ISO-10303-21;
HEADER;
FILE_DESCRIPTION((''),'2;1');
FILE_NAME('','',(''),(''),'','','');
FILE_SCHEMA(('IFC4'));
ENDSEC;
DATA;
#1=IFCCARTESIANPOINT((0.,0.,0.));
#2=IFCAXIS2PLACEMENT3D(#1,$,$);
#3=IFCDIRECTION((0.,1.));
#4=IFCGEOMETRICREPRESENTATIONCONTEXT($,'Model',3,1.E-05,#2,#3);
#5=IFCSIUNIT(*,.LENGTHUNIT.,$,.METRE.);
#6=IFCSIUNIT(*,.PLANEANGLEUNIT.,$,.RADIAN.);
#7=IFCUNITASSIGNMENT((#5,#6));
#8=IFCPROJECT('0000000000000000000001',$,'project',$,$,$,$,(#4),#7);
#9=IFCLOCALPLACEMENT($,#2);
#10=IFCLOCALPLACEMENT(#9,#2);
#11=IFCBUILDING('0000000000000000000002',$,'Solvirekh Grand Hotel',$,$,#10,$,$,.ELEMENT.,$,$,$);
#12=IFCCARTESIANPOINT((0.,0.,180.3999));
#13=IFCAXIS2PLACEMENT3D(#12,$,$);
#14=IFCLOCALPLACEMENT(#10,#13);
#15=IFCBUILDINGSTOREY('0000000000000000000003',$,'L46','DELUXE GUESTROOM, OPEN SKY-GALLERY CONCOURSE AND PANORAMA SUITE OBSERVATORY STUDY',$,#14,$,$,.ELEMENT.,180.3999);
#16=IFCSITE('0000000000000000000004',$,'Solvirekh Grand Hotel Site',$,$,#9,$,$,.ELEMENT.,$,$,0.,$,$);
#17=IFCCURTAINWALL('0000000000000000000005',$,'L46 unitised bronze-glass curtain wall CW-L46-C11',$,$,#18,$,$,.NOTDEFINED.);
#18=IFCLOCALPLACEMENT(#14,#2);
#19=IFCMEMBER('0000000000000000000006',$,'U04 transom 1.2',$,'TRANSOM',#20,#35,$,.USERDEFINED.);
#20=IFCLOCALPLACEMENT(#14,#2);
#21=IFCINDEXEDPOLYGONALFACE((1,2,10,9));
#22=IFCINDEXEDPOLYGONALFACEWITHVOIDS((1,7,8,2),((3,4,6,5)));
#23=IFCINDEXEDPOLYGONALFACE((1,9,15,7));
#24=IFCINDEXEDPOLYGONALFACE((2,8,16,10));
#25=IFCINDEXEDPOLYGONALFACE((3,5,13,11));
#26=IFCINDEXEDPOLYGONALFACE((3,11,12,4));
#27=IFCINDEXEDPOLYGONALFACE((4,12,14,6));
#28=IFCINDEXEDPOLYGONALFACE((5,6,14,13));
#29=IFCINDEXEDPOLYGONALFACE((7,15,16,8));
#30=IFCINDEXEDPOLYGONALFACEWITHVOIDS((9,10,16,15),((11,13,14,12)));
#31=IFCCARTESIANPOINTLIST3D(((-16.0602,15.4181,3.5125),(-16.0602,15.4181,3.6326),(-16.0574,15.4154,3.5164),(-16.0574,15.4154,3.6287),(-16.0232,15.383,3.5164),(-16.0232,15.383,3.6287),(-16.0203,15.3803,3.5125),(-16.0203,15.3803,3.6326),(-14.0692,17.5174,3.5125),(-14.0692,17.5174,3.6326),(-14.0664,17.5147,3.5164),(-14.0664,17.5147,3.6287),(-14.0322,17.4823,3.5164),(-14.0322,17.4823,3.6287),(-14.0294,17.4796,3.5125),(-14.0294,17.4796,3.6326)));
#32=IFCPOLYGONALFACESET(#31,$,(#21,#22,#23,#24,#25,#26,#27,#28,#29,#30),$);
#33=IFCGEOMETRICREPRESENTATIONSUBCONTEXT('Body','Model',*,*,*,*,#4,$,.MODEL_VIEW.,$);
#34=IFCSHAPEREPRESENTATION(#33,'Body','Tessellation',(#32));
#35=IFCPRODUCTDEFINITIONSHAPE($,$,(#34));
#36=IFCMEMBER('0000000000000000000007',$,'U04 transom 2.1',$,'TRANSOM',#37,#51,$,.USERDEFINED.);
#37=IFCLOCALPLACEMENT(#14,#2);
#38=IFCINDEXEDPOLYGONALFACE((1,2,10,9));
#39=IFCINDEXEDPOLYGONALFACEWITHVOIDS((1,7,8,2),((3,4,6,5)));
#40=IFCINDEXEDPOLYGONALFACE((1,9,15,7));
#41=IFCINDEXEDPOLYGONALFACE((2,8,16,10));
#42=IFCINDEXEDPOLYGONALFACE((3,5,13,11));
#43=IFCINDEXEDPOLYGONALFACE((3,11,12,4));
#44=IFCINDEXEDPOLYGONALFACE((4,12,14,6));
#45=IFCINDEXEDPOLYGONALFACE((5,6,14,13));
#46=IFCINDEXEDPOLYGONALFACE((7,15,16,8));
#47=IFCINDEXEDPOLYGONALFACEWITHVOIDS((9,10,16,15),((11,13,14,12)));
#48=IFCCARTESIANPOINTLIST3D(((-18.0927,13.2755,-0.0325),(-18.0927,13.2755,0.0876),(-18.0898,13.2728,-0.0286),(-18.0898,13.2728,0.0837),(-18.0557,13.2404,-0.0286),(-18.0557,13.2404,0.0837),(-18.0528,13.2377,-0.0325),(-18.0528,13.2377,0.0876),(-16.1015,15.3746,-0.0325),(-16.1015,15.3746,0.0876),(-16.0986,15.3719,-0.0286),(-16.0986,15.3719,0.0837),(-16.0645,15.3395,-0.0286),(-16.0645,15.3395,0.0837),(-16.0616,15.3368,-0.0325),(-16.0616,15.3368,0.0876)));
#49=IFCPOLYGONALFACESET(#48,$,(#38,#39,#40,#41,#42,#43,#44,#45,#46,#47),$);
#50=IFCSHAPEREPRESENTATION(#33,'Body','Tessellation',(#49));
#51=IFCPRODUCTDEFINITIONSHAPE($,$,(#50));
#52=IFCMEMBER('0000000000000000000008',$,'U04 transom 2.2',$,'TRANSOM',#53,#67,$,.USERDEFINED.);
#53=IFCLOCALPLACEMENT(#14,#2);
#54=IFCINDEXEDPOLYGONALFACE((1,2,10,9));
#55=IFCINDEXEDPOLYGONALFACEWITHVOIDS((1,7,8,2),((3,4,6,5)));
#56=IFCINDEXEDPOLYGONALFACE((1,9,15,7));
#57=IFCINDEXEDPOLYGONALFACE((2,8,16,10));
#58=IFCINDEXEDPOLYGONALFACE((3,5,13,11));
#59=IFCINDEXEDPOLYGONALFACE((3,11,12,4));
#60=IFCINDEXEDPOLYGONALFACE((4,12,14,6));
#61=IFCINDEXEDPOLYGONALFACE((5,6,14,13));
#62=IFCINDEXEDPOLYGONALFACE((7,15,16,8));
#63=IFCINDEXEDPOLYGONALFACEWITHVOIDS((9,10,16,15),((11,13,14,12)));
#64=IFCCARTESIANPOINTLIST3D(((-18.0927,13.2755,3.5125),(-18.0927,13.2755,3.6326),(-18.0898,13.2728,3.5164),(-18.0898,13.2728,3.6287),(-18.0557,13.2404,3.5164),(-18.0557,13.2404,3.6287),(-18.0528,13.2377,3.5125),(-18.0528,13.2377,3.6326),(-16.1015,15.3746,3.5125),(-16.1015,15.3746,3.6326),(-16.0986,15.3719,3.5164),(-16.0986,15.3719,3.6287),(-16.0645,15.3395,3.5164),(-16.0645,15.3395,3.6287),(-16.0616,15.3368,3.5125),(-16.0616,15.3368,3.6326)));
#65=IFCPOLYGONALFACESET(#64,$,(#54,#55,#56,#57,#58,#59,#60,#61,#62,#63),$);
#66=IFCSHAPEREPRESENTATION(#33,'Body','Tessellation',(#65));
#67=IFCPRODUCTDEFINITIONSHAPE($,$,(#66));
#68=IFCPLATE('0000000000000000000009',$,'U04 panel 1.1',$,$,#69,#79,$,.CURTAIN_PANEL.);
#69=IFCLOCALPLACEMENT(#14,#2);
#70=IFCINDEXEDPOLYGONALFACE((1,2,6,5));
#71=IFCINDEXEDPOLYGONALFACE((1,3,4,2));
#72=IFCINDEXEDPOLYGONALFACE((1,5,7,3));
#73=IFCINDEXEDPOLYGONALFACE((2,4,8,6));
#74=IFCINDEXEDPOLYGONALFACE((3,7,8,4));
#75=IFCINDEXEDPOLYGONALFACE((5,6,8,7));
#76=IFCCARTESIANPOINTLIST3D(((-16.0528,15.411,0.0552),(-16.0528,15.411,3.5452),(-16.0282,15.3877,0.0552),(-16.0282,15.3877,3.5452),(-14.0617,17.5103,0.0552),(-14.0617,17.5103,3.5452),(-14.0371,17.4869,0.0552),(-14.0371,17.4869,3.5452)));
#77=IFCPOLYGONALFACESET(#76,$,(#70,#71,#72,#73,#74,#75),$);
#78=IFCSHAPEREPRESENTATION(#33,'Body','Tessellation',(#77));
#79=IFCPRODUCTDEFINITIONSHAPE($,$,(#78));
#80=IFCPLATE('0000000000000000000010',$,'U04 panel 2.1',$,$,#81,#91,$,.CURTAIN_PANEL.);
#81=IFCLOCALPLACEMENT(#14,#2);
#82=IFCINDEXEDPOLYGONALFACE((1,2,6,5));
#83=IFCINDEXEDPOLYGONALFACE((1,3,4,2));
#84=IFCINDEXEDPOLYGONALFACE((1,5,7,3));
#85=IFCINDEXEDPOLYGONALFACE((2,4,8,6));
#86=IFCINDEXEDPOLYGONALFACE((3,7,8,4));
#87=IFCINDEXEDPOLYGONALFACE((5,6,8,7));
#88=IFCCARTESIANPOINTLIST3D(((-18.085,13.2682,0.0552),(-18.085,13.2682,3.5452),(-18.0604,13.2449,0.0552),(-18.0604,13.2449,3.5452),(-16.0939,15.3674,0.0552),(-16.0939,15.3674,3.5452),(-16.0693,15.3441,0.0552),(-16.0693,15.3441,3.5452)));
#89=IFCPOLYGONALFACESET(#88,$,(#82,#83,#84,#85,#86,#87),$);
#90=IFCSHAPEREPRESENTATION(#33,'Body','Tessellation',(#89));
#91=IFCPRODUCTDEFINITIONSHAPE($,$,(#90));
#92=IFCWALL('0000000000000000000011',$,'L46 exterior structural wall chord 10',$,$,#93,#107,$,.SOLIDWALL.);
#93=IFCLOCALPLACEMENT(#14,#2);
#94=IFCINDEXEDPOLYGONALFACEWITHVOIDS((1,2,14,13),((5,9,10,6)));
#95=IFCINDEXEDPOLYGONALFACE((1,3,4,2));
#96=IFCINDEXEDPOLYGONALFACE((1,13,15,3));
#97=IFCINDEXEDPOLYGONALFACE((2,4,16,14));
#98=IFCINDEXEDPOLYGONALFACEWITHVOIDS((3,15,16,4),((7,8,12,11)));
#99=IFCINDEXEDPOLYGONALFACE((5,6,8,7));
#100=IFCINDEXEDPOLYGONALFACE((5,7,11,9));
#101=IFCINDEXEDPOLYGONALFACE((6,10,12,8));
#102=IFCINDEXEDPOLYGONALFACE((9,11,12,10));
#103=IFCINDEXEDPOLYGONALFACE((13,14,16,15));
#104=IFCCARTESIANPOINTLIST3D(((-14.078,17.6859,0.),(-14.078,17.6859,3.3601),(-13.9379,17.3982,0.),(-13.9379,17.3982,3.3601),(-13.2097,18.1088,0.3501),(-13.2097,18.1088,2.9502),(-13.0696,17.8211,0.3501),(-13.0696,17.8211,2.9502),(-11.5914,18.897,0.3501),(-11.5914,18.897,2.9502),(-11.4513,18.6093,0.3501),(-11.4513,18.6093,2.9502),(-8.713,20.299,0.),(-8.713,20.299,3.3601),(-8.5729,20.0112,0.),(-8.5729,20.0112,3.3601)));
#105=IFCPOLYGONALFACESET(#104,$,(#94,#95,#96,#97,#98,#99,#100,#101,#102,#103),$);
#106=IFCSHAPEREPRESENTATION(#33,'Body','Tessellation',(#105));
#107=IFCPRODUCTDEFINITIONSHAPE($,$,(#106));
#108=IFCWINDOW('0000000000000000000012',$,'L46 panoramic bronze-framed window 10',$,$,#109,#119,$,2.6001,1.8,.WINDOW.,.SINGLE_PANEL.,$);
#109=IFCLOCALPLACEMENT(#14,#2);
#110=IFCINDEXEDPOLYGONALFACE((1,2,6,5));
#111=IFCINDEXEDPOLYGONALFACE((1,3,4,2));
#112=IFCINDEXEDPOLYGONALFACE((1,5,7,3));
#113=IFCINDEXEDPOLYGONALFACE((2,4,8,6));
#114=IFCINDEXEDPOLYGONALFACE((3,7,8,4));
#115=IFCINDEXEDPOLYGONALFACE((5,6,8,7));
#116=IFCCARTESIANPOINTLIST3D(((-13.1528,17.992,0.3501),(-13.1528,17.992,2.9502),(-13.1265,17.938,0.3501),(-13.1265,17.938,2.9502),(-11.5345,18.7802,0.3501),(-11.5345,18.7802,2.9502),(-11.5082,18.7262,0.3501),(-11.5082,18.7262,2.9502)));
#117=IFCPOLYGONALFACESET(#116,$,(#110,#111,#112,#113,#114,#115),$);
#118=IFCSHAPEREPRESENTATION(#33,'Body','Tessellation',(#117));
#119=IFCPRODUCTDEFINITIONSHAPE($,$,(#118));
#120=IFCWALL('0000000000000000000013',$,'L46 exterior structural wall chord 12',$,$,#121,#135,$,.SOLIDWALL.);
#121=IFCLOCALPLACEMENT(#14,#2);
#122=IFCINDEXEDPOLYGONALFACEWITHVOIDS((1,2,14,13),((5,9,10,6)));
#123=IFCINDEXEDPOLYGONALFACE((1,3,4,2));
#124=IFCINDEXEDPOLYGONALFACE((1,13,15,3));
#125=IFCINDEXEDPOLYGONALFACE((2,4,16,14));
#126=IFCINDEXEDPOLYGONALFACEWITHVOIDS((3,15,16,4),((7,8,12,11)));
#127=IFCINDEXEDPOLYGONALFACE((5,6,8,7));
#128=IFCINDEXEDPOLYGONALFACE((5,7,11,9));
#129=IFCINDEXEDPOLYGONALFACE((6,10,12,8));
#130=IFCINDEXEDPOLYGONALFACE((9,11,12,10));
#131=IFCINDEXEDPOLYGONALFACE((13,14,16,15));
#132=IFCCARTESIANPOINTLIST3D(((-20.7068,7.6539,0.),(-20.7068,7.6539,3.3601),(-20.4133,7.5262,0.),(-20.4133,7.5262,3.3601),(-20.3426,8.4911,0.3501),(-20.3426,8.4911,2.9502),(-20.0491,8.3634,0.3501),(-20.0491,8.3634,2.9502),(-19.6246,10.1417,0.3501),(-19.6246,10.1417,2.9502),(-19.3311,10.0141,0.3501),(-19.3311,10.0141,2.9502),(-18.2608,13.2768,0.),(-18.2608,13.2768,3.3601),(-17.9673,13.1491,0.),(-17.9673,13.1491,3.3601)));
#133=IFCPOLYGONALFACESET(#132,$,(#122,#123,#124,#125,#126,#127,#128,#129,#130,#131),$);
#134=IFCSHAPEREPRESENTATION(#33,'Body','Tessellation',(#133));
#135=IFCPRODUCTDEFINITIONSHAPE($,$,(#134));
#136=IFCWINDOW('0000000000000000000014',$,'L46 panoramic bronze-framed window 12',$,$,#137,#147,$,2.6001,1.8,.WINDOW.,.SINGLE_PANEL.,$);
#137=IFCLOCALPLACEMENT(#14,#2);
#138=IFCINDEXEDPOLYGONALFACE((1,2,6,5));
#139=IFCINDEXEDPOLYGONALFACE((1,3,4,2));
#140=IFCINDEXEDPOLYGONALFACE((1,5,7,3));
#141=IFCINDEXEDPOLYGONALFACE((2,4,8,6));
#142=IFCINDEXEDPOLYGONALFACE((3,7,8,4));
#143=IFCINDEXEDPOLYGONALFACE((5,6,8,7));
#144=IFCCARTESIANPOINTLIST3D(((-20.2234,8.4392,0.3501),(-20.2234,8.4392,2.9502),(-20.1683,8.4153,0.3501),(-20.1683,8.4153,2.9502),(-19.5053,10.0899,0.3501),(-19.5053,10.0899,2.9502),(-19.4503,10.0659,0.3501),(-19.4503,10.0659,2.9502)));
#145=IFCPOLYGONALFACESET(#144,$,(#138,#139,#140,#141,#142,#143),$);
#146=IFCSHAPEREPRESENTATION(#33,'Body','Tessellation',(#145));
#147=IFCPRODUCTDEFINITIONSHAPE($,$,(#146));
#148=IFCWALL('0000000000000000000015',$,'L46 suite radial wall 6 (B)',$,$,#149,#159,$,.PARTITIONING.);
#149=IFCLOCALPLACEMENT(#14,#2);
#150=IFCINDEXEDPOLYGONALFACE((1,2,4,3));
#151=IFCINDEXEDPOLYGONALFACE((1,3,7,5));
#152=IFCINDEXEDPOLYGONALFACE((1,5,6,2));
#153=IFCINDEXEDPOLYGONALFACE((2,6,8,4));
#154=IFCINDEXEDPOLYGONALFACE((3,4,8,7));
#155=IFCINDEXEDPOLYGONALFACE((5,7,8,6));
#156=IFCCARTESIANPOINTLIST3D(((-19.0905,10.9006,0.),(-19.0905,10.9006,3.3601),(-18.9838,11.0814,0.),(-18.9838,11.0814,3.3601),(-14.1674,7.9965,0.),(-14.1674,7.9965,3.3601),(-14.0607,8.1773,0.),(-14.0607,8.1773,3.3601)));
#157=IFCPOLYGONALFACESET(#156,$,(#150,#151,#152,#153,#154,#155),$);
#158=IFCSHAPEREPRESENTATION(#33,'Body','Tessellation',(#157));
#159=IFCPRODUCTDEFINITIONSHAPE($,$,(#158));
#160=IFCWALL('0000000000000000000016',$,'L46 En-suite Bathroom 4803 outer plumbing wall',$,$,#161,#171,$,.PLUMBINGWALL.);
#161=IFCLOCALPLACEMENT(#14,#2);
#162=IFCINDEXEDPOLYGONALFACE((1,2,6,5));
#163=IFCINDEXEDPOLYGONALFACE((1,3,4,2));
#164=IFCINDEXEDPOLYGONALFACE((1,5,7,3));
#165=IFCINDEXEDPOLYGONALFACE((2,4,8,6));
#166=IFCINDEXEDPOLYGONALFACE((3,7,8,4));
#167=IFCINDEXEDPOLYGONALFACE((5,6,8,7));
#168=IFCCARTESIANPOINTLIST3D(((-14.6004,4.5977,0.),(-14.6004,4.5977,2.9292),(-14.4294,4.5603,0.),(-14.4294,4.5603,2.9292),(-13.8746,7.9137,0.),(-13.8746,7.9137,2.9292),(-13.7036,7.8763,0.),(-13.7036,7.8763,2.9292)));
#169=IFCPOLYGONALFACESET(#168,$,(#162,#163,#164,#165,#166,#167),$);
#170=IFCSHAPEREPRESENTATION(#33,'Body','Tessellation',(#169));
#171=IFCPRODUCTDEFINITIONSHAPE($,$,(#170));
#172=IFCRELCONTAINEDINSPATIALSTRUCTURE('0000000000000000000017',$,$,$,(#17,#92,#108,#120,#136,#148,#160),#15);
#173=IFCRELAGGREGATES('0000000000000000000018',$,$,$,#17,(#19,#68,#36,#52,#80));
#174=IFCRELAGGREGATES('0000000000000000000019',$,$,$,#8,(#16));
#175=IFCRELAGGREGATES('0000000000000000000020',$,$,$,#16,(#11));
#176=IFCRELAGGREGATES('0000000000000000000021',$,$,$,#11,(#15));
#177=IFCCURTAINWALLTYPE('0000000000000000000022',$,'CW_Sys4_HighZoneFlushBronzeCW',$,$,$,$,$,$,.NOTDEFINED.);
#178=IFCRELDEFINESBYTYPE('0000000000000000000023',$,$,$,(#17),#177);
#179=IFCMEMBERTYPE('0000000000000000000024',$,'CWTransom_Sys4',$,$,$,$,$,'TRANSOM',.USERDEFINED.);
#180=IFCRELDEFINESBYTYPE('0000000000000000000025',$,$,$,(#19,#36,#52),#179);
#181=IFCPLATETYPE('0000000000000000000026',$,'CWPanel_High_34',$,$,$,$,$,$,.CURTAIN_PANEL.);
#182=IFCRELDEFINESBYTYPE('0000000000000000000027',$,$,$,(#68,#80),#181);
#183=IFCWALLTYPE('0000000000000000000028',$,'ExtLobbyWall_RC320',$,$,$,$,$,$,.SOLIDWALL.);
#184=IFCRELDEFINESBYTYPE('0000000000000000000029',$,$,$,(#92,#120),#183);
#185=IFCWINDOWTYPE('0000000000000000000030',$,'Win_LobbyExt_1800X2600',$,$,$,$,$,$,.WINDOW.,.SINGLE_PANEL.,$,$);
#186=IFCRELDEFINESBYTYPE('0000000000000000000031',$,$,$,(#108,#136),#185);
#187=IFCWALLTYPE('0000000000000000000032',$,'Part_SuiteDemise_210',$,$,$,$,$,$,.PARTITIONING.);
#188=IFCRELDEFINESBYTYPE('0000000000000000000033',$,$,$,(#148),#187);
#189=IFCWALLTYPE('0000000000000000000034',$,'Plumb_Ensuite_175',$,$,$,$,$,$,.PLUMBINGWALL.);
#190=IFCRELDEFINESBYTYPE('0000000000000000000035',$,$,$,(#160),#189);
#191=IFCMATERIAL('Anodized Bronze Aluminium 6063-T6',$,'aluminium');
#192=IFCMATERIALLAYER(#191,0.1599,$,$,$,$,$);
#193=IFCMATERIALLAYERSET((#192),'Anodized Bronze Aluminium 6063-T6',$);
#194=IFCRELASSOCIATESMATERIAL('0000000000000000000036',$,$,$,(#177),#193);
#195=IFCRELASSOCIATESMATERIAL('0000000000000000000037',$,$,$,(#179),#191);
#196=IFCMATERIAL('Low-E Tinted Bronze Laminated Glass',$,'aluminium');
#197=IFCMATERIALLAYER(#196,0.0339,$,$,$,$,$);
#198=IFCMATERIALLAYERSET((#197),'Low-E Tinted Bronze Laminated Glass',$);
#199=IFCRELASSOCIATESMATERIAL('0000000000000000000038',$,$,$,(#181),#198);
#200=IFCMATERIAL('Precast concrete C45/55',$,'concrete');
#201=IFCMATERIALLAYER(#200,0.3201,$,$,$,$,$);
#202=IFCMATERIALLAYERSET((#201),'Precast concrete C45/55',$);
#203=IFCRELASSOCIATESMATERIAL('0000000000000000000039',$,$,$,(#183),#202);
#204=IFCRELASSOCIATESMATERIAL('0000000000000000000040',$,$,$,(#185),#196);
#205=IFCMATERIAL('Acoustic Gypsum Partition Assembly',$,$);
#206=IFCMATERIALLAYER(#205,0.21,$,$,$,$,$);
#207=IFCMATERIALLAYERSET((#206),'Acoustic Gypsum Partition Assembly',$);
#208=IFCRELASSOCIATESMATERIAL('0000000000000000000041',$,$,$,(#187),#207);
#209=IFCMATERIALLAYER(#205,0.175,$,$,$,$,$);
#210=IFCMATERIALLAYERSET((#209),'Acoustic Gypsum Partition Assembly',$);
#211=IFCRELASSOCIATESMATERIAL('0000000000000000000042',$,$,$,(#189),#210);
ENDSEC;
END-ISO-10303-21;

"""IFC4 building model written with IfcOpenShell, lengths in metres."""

from ifc_helpers import new_model, si_unit, direction, frame, frame_2d, origin, origin_2d, place, context, subcontext, project, spatial, rectangle, hollow_rectangle, extrude, source, transform, mapped, material, layer, layer_set, material_profile, profile_set, type_object, element, fill, aggregate, save


model = new_model("IFC4")

# Units and contexts
model_context = context("Model", 3, precision=1e-05, world=origin(), true_north=direction((0.0, 1.0)))
body_context = subcontext(model_context, "Body", "Model", "MODEL_VIEW")
ifc_project = project(units=[si_unit("LENGTHUNIT", "METRE"), si_unit("PLANEANGLEUNIT", "RADIAN")], contexts=[model_context])

# Site, building, storey
site_placement = place(None, origin())
site = spatial("IfcSite", under=ifc_project, at=site_placement, Name="Solvirekh Grand Hotel Site", CompositionType="ELEMENT", RefElevation=0.0)
building_placement = place(site_placement, origin())
building = spatial("IfcBuilding", under=site, at=building_placement, Name="Solvirekh Grand Hotel", CompositionType="ELEMENT")
storey_placement = place(building_placement, frame((0.0, 0.0, 180.3999)))
storey = spatial("IfcBuildingStorey", under=building, at=storey_placement, Name="L46", Description="DELUXE GUESTROOM, OPEN SKY-GALLERY CONCOURSE AND PANORAMA SUITE OBSERVATORY STUDY", CompositionType="ELEMENT", Elevation=180.3999)

# Curtain wall
ifc_material_1 = material(Name="Anodized Bronze Aluminium 6063-T6", Category="aluminium")
ifc_layer_1 = layer(ifc_material_1, 0.1599)
ifc_layer_set_1 = layer_set([ifc_layer_1], Name="Anodized Bronze Aluminium 6063-T6")
curtain_wall_type = type_object("IfcCurtainWallType", Name="CW_Sys4_HighZoneFlushBronzeCW", PredefinedType="NOTDEFINED", material=ifc_layer_set_1)
curtain_wall_1_placement = place(storey_placement, origin())
curtain_wall_1 = element("IfcCurtainWall", 1, at=curtain_wall_1_placement, inside=storey, type_object=curtain_wall_type, Name="L46 unitised bronze-glass curtain wall CW-L46-C11", PredefinedType="NOTDEFINED")

# Members
ifc_material_profile_1 = material_profile(ifc_material_1, hollow_rectangle(XDim=0.0549, YDim=0.1201, WallThickness=0.0039, at=origin_2d()), Name="ALU RHS 120X55X4")
ifc_profile_set_1 = profile_set([ifc_material_profile_1], Name="Anodized Bronze Aluminium 6063-T6")
member_type_1 = type_object("IfcMemberType", Name="CWTransom_Sys4", ElementType="TRANSOM", PredefinedType="USERDEFINED", material=ifc_profile_set_1)
shared_shape_1 = source(origin(), body_context, "Body", "SweptSolid", [
    extrude(hollow_rectangle(XDim=0.0549, YDim=0.1201, WallThickness=0.0039, at=origin_2d()), origin(), (0.0, 0.0, 1.0), 2.8933),
])
member_1_placement = place(storey_placement, frame((-14.0493, 17.4985, 3.5725), z_axis=(-0.688126, -0.725591, 0.0), x_axis=(0.725591, -0.688126, 0.0)))
member_1 = element("IfcMember", 2, at=member_1_placement, type_object=member_type_1, Name="U04 transom 1.2", ObjectType="TRANSOM", PredefinedType="USERDEFINED", context=body_context, shape_type="MappedRepresentation", body=[
    mapped(shared_shape_1, transform((0.0, 0.0, 0.0), x_axis=(1.0, 0.0, 0.0), y_axis=(0.0, 1.0, 0.0), z_axis=(0.0, 0.0, 1.0), scale=1.0)),
])
member_2_placement = place(storey_placement, frame((-16.0815, 15.3557, 0.0276), z_axis=(-0.688213, -0.725509, 0.0), x_axis=(0.725509, -0.688213, 0.0)))
member_2 = element("IfcMember", 3, at=member_2_placement, type_object=member_type_1, Name="U04 transom 2.1", ObjectType="TRANSOM", PredefinedType="USERDEFINED", context=body_context, shape_type="MappedRepresentation", body=[
    mapped(shared_shape_1, transform((0.0, 0.0, 0.0), x_axis=(1.0, 0.0, 0.0), y_axis=(0.0, 1.0, 0.0), z_axis=(0.0, 0.0, 1.0), scale=1.0)),
])
member_3_placement = place(storey_placement, frame((-16.0815, 15.3557, 3.5725), z_axis=(-0.688213, -0.725509, 0.0), x_axis=(0.725509, -0.688213, 0.0)))
member_3 = element("IfcMember", 4, at=member_3_placement, type_object=member_type_1, Name="U04 transom 2.2", ObjectType="TRANSOM", PredefinedType="USERDEFINED", context=body_context, shape_type="MappedRepresentation", body=[
    mapped(shared_shape_1, transform((0.0, 0.0, 0.0), x_axis=(1.0, 0.0, 0.0), y_axis=(0.0, 1.0, 0.0), z_axis=(0.0, 0.0, 1.0), scale=1.0)),
])

# Plates
ifc_material_2 = material(Name="Low-E Tinted Bronze Laminated Glass", Category="aluminium")
ifc_layer_2 = layer(ifc_material_2, 0.0339)
ifc_layer_set_2 = layer_set([ifc_layer_2], Name="Low-E Tinted Bronze Laminated Glass")
plate_type = type_object("IfcPlateType", Name="CWPanel_High_34", PredefinedType="CURTAIN_PANEL", material=ifc_layer_set_2)
shared_shape_2 = source(origin(), body_context, "Body", "SweptSolid", [
    extrude(rectangle(XDim=2.8933, YDim=0.0339, at=origin_2d()), origin(), (0.0, 0.0, 1.0), 3.49),
])
plate_1_placement = place(storey_placement, frame((-15.0449, 16.449, 0.0552), z_axis=(0.0, 0.0, 1.0), x_axis=(-0.688172, -0.725547, 0.0)))
plate_1 = element("IfcPlate", 5, at=plate_1_placement, type_object=plate_type, Name="U04 panel 1.1", PredefinedType="CURTAIN_PANEL", context=body_context, shape_type="MappedRepresentation", body=[
    mapped(shared_shape_2, transform((0.0, 0.0, 0.0), x_axis=(1.0, 0.0, 0.0), y_axis=(0.0, 1.0, 0.0), z_axis=(0.0, 0.0, 1.0), scale=1.0)),
])
plate_2_placement = place(storey_placement, frame((-17.0771, 14.3062, 0.0552), z_axis=(0.0, 0.0, 1.0), x_axis=(-0.688172, -0.725547, 0.0)))
plate_2 = element("IfcPlate", 6, at=plate_2_placement, type_object=plate_type, Name="U04 panel 2.1", PredefinedType="CURTAIN_PANEL", context=body_context, shape_type="MappedRepresentation", body=[
    mapped(shared_shape_2, transform((0.0, 0.0, 0.0), x_axis=(1.0, 0.0, 0.0), y_axis=(0.0, 1.0, 0.0), z_axis=(0.0, 0.0, 1.0), scale=1.0)),
])
aggregate(curtain_wall_1, [member_1, plate_1, member_2, member_3, plate_2])

# Walls, openings, windows
ifc_material_3 = material(Name="Precast concrete C45/55", Category="concrete")
ifc_layer_3 = layer(ifc_material_3, 0.3201)
ifc_layer_set_3 = layer_set([ifc_layer_3], Name="Precast concrete C45/55")
wall_type_1 = type_object("IfcWallType", Name="ExtLobbyWall_RC320", PredefinedType="SOLIDWALL", material=ifc_layer_set_3)
wall_1_placement = place(storey_placement, frame((-14.0081, 17.542, 0.0), z_axis=(0.0, 0.0, 1.0), x_axis=(0.899034, 0.437878, 0.0)))
wall_1 = element("IfcWall", 7, at=wall_1_placement, inside=storey, type_object=wall_type_1, Name="L46 exterior structural wall chord 10", PredefinedType="SOLIDWALL", context=body_context, shape_type="SweptSolid", body=[
    extrude(rectangle(XDim=5.9675, YDim=0.3201, at=frame_2d((2.9839, 0.0))), origin(), (0.0, 0.0, 1.0), 3.3601),
])
opening_1_placement = place(wall_1_placement, frame((0.9661, 0.0, 0.3501)))
opening_1 = element("IfcOpeningElement", 8, at=opening_1_placement, cuts=wall_1, PredefinedType="OPENING", context=body_context, shape_type="SweptSolid", body=[
    extrude(rectangle(XDim=1.8, YDim=2.6001, at=frame_2d((0.8999, 1.3))), frame((0.0, 0.1699, 0.0), z_axis=(0.0, -1.0, 0.0), x_axis=(1.0, 0.0, 0.0)), (0.0, 0.0, 1.0), 0.3401),
])
window_type = type_object("IfcWindowType", Name="Win_LobbyExt_1800X2600", PartitioningType="SINGLE_PANEL", PredefinedType="WINDOW", material=ifc_material_2)
window_1_placement = place(opening_1_placement, origin())
window_1 = element("IfcWindow", 9, at=window_1_placement, inside=storey, type_object=window_type, Name="L46 panoramic bronze-framed window 10", OverallHeight=2.6001, OverallWidth=1.8, PartitioningType="SINGLE_PANEL", PredefinedType="WINDOW", context=body_context, shape_type="SweptSolid", body=[
    extrude(rectangle(XDim=1.8, YDim=2.6001, at=frame_2d((0.8999, 1.3))), frame((0.0, 0.03, 0.0), z_axis=(0.0, -1.0, 0.0), x_axis=(1.0, 0.0, 0.0)), (0.0, 0.0, 1.0), 0.0601),
])
fill(opening_1, window_1)
wall_2_placement = place(storey_placement, frame((-20.5601, 7.5901, 0.0), z_axis=(0.0, 0.0, 1.0), x_axis=(0.398911, 0.91699, 0.0)))
wall_2 = element("IfcWall", 10, at=wall_2_placement, inside=storey, type_object=wall_type_1, Name="L46 exterior structural wall chord 12", PredefinedType="SOLIDWALL", context=body_context, shape_type="SweptSolid", body=[
    extrude(rectangle(XDim=6.1318, YDim=0.3201, at=frame_2d((3.0659, 0.0))), origin(), (0.0, 0.0, 1.0), 3.3601),
])
opening_2_placement = place(wall_2_placement, frame((0.9131, 0.0, 0.3501)))
opening_2 = element("IfcOpeningElement", 11, at=opening_2_placement, cuts=wall_2, PredefinedType="OPENING", context=body_context, shape_type="SweptSolid", body=[
    extrude(rectangle(XDim=1.8, YDim=2.6001, at=frame_2d((0.8999, 1.3))), frame((0.0, 0.1699, 0.0), z_axis=(0.0, -1.0, 0.0), x_axis=(1.0, 0.0, 0.0)), (0.0, 0.0, 1.0), 0.3401),
])
window_2_placement = place(opening_2_placement, origin())
window_2 = element("IfcWindow", 12, at=window_2_placement, inside=storey, type_object=window_type, Name="L46 panoramic bronze-framed window 12", OverallHeight=2.6001, OverallWidth=1.8, PartitioningType="SINGLE_PANEL", PredefinedType="WINDOW", context=body_context, shape_type="SweptSolid", body=[
    extrude(rectangle(XDim=1.8, YDim=2.6001, at=frame_2d((0.8999, 1.3))), frame((0.0, 0.03, 0.0), z_axis=(0.0, -1.0, 0.0), x_axis=(1.0, 0.0, 0.0)), (0.0, 0.0, 1.0), 0.0601),
])
fill(opening_2, window_2)

# Walls
ifc_material_4 = material(Name="Acoustic Gypsum Partition Assembly")
ifc_layer_4 = layer(ifc_material_4, 0.21)
ifc_layer_set_4 = layer_set([ifc_layer_4], Name="Acoustic Gypsum Partition Assembly")
wall_type_2 = type_object("IfcWallType", Name="Part_SuiteDemise_210", PredefinedType="PARTITIONING", material=ifc_layer_set_4)
wall_3_placement = place(storey_placement, frame((-14.114, 8.0869, 0.0), z_axis=(0.0, 0.0, 1.0), x_axis=(-0.861313, 0.508074, 0.0)))
element("IfcWall", 13, at=wall_3_placement, inside=storey, type_object=wall_type_2, Name="L46 suite radial wall 6 (B)", PredefinedType="PARTITIONING", context=body_context, shape_type="SweptSolid", body=[
    extrude(rectangle(XDim=5.7158, YDim=0.21, at=frame_2d((2.8579, 0.0))), origin(), (0.0, 0.0, 1.0), 3.3601),
])
ifc_layer_5 = layer(ifc_material_4, 0.175)
ifc_layer_set_5 = layer_set([ifc_layer_5], Name="Acoustic Gypsum Partition Assembly")
wall_type_3 = type_object("IfcWallType", Name="Plumb_Ensuite_175", PredefinedType="PLUMBINGWALL", material=ifc_layer_set_5)
wall_4_placement = place(storey_placement, frame((-13.7891, 7.895, 0.0), z_axis=(0.0, 0.0, 1.0), x_axis=(-0.21383, -0.976871, 0.0)))
element("IfcWall", 14, at=wall_4_placement, inside=storey, type_object=wall_type_3, Name="L46 En-suite Bathroom 4803 outer plumbing wall", PredefinedType="PLUMBINGWALL", context=body_context, shape_type="SweptSolid", body=[
    extrude(rectangle(XDim=3.3945, YDim=0.175, at=frame_2d((1.6973, 0.0))), origin(), (0.0, 0.0, 1.0), 2.9292),
])

save(model, "model.ifc")
